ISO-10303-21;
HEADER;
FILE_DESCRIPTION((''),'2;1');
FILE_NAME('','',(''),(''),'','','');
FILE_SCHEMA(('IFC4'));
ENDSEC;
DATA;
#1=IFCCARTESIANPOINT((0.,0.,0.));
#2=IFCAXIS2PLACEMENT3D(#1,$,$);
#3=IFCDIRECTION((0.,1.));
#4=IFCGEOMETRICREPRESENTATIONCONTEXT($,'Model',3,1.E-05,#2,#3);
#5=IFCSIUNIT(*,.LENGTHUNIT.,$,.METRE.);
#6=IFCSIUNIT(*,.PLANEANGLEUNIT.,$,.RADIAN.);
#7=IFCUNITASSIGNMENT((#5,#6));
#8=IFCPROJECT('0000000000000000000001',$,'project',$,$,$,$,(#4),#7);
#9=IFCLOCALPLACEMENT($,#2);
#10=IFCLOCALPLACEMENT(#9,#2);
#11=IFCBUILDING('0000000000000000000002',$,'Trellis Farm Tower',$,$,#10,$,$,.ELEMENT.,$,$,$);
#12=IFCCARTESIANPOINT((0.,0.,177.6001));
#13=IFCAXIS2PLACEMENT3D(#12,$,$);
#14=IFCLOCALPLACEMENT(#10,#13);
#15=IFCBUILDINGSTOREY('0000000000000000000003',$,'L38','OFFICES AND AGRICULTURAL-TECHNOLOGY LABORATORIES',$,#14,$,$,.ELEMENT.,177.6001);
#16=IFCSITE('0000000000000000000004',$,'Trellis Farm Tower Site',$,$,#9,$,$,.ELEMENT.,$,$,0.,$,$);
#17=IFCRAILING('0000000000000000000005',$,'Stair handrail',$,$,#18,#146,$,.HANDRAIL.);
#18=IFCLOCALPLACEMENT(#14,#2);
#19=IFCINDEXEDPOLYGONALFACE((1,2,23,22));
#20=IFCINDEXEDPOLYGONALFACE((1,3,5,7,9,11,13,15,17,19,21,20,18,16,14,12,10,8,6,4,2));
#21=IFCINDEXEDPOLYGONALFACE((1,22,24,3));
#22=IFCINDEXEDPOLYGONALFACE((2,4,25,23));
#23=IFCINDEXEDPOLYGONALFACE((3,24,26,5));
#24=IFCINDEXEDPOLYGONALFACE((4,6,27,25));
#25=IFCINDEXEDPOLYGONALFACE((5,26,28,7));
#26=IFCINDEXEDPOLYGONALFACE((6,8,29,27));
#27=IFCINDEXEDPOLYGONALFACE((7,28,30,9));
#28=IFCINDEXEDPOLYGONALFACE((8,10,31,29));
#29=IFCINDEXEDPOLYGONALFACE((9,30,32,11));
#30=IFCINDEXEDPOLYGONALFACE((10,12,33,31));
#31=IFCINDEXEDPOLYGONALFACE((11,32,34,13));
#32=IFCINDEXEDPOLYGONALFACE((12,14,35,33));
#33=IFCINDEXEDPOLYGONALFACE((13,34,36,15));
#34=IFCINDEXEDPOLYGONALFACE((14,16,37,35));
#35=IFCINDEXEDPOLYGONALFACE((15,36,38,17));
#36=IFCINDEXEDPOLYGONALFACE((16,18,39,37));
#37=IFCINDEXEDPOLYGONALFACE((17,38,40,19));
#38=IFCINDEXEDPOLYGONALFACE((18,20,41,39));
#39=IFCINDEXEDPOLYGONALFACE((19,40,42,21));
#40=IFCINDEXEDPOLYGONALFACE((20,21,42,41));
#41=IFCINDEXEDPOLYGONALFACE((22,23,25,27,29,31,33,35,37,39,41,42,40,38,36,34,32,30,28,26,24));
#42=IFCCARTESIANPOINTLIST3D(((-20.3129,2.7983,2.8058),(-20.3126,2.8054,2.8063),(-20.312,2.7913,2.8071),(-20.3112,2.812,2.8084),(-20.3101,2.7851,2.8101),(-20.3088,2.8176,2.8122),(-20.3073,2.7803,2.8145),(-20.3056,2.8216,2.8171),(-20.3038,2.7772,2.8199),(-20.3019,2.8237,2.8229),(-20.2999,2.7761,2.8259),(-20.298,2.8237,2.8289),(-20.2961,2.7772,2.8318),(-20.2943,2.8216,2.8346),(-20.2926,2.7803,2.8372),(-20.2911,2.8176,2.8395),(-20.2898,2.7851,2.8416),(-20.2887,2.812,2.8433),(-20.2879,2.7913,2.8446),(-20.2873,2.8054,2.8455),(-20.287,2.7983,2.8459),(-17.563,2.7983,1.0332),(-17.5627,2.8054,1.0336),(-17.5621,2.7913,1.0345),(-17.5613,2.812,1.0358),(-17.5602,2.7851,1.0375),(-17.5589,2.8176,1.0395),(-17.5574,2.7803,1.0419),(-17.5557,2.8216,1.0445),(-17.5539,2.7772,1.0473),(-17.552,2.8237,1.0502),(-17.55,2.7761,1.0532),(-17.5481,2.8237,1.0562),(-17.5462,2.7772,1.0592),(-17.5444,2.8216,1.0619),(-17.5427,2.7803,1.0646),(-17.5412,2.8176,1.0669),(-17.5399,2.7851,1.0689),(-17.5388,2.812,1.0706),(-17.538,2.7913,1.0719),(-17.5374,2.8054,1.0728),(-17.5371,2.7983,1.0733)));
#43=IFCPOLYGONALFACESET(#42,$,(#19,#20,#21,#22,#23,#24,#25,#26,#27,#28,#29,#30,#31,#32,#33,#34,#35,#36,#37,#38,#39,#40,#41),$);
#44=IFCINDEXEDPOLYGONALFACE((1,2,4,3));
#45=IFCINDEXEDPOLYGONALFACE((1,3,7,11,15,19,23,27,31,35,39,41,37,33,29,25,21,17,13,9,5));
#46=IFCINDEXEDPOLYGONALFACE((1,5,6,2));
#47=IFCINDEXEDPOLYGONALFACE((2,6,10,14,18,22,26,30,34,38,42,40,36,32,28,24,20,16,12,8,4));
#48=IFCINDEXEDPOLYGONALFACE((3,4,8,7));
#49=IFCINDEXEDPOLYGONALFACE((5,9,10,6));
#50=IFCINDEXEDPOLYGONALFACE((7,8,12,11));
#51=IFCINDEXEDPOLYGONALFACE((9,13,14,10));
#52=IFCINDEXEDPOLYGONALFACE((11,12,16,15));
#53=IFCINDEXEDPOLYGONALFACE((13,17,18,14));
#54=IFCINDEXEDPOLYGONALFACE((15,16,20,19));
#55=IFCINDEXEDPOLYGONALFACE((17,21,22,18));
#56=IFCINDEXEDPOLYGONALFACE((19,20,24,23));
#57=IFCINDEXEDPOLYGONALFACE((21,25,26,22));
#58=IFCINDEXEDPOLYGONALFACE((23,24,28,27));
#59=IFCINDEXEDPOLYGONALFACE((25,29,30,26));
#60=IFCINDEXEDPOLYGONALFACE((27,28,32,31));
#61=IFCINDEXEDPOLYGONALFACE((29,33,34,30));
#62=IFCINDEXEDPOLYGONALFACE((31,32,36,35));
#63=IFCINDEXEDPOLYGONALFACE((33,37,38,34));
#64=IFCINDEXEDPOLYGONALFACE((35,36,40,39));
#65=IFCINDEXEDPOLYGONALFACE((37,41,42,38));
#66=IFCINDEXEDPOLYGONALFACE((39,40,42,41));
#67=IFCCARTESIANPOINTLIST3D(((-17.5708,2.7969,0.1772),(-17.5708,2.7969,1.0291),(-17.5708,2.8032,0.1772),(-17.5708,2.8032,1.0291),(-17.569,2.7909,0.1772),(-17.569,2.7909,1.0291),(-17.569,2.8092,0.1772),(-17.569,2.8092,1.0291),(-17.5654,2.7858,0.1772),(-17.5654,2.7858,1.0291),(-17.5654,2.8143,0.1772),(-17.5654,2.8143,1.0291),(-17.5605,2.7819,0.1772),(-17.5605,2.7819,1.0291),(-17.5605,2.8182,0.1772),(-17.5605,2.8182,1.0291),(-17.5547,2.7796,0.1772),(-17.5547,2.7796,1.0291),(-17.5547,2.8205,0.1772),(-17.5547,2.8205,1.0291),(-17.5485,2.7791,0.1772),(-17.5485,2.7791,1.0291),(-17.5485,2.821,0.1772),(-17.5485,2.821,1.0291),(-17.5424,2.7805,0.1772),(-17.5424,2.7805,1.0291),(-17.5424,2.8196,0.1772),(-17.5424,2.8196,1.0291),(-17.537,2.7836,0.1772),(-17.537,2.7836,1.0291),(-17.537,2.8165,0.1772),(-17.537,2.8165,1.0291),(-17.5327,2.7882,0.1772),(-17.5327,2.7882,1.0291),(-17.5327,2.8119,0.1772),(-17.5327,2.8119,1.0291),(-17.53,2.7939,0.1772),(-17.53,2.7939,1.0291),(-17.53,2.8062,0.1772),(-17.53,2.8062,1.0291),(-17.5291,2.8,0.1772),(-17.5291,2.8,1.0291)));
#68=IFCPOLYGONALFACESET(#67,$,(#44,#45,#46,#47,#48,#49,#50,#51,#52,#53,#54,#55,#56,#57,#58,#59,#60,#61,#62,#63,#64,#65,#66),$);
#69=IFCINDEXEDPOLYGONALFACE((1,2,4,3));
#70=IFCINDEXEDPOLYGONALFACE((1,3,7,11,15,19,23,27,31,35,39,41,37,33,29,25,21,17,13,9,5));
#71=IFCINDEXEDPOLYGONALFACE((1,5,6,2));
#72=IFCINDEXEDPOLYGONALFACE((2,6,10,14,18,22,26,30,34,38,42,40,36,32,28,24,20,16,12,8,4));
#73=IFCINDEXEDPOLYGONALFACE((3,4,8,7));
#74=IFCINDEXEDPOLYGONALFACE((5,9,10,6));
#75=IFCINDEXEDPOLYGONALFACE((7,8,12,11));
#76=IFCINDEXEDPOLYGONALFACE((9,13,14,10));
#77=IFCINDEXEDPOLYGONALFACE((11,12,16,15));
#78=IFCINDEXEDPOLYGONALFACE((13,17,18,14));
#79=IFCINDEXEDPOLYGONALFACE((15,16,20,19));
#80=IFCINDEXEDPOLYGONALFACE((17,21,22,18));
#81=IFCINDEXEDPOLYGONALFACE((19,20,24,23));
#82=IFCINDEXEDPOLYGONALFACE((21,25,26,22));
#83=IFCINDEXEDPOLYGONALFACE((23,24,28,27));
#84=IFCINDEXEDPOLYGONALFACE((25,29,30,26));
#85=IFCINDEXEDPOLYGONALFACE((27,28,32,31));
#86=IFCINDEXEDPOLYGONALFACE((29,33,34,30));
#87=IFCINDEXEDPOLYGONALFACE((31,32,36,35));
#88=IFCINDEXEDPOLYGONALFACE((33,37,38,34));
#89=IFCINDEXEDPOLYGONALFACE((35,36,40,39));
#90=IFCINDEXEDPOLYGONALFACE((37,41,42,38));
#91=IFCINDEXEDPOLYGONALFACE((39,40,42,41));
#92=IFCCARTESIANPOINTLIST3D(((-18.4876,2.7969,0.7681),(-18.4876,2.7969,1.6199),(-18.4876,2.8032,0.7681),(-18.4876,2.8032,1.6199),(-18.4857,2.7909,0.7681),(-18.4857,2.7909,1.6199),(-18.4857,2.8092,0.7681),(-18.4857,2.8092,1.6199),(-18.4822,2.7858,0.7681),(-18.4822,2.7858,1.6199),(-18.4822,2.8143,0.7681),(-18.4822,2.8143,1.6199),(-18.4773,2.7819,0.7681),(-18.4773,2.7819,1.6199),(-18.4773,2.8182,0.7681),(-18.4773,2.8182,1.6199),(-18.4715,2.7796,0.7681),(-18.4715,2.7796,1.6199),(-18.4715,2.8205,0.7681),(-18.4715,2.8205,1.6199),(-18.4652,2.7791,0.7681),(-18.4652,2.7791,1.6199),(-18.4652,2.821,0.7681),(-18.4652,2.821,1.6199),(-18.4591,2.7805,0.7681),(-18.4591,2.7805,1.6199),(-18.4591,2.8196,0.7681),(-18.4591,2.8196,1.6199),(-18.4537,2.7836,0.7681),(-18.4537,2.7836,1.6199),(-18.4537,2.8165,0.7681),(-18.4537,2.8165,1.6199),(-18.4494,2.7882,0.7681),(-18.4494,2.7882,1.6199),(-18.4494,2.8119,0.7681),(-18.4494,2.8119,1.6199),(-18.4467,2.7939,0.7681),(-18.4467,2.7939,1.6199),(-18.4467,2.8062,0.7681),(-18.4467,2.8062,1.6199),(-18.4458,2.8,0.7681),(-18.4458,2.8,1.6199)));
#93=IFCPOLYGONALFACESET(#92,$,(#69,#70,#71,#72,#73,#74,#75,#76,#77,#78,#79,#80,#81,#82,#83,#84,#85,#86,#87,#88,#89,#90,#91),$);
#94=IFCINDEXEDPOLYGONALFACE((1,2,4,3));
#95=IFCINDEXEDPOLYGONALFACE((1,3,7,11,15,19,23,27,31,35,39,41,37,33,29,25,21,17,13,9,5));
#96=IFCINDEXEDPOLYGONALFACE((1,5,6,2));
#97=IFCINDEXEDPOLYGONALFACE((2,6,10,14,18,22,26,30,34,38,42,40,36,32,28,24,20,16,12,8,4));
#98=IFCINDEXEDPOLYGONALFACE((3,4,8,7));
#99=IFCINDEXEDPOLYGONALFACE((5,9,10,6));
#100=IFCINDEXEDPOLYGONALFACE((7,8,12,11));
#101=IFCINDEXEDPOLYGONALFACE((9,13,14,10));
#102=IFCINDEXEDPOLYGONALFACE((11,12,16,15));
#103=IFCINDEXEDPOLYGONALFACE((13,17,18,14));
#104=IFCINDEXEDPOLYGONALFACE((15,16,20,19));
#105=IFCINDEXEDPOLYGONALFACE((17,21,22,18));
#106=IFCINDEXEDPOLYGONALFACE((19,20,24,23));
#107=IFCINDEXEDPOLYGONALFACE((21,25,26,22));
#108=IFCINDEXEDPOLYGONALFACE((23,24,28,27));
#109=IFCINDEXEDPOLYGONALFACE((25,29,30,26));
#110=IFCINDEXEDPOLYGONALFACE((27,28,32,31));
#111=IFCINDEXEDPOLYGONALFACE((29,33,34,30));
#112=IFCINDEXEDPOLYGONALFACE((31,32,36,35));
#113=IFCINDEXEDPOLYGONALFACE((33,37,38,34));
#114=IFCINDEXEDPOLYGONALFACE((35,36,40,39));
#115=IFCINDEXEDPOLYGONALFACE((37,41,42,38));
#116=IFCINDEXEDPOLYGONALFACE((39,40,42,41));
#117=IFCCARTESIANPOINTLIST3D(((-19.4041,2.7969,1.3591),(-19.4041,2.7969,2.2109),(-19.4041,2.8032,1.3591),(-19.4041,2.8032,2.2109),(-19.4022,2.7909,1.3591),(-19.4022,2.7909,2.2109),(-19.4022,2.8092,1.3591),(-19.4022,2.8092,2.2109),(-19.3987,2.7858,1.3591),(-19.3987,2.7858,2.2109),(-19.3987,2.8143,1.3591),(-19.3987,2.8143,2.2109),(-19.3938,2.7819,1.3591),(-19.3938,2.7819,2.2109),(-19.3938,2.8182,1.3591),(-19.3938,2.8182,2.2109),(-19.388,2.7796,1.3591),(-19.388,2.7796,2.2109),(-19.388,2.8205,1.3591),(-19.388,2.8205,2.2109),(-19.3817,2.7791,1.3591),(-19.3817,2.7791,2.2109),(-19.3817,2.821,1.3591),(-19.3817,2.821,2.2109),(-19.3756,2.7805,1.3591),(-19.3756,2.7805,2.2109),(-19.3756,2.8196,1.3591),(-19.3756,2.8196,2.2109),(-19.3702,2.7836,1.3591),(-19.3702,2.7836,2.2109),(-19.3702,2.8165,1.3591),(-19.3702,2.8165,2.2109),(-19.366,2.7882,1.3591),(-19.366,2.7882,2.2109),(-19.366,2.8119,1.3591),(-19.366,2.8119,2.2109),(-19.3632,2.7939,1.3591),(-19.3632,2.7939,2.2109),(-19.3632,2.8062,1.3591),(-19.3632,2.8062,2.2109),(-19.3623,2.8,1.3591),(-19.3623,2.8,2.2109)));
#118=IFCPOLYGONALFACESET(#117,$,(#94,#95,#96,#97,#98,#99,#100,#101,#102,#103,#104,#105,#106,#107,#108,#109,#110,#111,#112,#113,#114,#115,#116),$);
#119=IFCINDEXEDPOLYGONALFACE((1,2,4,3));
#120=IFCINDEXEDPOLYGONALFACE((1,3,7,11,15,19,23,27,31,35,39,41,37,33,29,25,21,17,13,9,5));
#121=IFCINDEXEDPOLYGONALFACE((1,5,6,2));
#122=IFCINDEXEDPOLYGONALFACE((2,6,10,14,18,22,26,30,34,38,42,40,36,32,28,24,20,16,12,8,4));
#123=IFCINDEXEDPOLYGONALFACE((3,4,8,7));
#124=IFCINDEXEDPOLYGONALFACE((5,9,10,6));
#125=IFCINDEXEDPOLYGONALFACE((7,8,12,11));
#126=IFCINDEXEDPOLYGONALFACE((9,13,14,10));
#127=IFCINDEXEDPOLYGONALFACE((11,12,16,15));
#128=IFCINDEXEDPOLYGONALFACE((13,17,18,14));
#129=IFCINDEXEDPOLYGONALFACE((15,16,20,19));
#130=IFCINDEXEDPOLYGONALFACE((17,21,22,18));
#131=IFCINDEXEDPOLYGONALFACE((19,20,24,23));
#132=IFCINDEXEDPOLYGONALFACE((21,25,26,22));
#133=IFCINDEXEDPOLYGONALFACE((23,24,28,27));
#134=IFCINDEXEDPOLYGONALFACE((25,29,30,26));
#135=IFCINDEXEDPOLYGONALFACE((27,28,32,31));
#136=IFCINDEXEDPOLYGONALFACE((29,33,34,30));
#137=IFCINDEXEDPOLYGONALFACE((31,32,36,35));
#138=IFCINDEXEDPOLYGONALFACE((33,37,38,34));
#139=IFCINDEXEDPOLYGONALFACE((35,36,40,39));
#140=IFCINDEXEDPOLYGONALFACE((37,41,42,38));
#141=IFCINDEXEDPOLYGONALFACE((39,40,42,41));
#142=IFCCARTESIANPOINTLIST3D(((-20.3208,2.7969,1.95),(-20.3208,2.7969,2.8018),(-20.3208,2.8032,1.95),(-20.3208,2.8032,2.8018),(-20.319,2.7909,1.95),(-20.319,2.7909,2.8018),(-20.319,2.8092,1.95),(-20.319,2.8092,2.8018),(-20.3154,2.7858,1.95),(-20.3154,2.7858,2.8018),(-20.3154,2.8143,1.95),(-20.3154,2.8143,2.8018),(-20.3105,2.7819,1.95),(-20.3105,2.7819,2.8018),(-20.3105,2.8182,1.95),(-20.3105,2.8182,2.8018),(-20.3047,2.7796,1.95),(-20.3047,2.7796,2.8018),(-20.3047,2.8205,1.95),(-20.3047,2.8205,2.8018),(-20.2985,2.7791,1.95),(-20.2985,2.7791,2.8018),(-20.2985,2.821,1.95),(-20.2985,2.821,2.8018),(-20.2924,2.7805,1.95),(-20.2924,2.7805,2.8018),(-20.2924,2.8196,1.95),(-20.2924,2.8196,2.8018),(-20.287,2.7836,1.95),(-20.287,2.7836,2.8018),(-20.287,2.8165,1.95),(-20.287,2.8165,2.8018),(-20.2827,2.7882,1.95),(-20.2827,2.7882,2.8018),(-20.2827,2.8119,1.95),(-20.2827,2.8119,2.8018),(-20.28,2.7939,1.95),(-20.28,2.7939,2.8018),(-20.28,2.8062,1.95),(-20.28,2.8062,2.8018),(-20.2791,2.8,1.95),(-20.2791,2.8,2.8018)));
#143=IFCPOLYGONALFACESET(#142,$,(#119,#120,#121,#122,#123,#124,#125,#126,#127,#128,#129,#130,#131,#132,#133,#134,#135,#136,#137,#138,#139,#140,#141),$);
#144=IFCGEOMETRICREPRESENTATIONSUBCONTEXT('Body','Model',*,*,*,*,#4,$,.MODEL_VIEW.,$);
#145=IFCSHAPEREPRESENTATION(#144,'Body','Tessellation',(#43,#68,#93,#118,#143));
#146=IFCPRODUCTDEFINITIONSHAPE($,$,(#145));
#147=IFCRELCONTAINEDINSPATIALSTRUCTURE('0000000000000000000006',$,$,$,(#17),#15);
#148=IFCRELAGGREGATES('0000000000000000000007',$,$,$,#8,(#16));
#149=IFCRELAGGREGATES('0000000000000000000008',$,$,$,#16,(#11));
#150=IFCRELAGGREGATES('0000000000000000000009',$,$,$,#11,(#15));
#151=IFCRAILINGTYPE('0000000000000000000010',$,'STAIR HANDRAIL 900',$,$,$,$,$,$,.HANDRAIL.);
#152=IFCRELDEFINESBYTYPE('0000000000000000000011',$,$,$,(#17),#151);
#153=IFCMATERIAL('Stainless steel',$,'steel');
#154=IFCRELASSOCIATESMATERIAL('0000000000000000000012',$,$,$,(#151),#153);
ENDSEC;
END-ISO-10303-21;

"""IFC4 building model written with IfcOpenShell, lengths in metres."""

from ifc_helpers import new_model, si_unit, direction, frame, origin, origin_2d, place, context, subcontext, project, spatial, circle, extrude, source, transform, mapped, material, type_object, element, save


model = new_model("IFC4")

# Units and contexts
model_context = context("Model", 3, precision=1e-05, world=origin(), true_north=direction((0.0, 1.0)))
body_context = subcontext(model_context, "Body", "Model", "MODEL_VIEW")
ifc_project = project(units=[si_unit("LENGTHUNIT", "METRE"), si_unit("PLANEANGLEUNIT", "RADIAN")], contexts=[model_context])

# Site, building, storey
site_placement = place(None, origin())
site = spatial("IfcSite", under=ifc_project, at=site_placement, Name="Trellis Farm Tower Site", CompositionType="ELEMENT", RefElevation=0.0)
building_placement = place(site_placement, origin())
building = spatial("IfcBuilding", under=site, at=building_placement, Name="Trellis Farm Tower", CompositionType="ELEMENT")
storey_placement = place(building_placement, frame((0.0, 0.0, 177.6001)))
storey = spatial("IfcBuildingStorey", under=building, at=storey_placement, Name="L38", Description="OFFICES AND AGRICULTURAL-TECHNOLOGY LABORATORIES", CompositionType="ELEMENT", Elevation=177.6001)

# Railing
ifc_material_1 = material(Name="Stainless steel", Category="steel")
railing_type = type_object("IfcRailingType", Name="STAIR HANDRAIL 900", PredefinedType="HANDRAIL", material=ifc_material_1)
shared_shape_1 = source(origin(), body_context, "Body", "SweptSolid", [
    extrude(circle(Radius=0.0239, at=origin_2d()), frame((0.0, 0.0, 0.876), z_axis=(-0.840504, 0.0, 0.541806), x_axis=(0.0, -1.0, 0.0)), (0.0, 0.0, 1.0), 3.2717),
    extrude(circle(Radius=0.021, at=origin_2d()), origin(), (0.0, 0.0, 1.0), 0.8518),
    extrude(circle(Radius=0.021, at=origin_2d()), frame((-0.9167, 0.0, 0.5908)), (0.0, 0.0, 1.0), 0.8518),
    extrude(circle(Radius=0.021, at=origin_2d()), frame((-1.8333, 0.0, 1.1819)), (0.0, 0.0, 1.0), 0.8518),
    extrude(circle(Radius=0.021, at=origin_2d()), frame((-2.75, 0.0, 1.7727)), (0.0, 0.0, 1.0), 0.8518),
])
for number, where, name in (
    (1, (-17.55, 2.8, 0.1772), "Stair handrail"),
):
    element("IfcRailing", number, at=place(storey_placement, frame(where)), inside=storey, type_object=railing_type, Name=name, PredefinedType="HANDRAIL", context=body_context, shape_type="MappedRepresentation", body=[
        mapped(shared_shape_1, transform((0.0, 0.0, 0.0))),
    ])

save(model, "model.ifc")
